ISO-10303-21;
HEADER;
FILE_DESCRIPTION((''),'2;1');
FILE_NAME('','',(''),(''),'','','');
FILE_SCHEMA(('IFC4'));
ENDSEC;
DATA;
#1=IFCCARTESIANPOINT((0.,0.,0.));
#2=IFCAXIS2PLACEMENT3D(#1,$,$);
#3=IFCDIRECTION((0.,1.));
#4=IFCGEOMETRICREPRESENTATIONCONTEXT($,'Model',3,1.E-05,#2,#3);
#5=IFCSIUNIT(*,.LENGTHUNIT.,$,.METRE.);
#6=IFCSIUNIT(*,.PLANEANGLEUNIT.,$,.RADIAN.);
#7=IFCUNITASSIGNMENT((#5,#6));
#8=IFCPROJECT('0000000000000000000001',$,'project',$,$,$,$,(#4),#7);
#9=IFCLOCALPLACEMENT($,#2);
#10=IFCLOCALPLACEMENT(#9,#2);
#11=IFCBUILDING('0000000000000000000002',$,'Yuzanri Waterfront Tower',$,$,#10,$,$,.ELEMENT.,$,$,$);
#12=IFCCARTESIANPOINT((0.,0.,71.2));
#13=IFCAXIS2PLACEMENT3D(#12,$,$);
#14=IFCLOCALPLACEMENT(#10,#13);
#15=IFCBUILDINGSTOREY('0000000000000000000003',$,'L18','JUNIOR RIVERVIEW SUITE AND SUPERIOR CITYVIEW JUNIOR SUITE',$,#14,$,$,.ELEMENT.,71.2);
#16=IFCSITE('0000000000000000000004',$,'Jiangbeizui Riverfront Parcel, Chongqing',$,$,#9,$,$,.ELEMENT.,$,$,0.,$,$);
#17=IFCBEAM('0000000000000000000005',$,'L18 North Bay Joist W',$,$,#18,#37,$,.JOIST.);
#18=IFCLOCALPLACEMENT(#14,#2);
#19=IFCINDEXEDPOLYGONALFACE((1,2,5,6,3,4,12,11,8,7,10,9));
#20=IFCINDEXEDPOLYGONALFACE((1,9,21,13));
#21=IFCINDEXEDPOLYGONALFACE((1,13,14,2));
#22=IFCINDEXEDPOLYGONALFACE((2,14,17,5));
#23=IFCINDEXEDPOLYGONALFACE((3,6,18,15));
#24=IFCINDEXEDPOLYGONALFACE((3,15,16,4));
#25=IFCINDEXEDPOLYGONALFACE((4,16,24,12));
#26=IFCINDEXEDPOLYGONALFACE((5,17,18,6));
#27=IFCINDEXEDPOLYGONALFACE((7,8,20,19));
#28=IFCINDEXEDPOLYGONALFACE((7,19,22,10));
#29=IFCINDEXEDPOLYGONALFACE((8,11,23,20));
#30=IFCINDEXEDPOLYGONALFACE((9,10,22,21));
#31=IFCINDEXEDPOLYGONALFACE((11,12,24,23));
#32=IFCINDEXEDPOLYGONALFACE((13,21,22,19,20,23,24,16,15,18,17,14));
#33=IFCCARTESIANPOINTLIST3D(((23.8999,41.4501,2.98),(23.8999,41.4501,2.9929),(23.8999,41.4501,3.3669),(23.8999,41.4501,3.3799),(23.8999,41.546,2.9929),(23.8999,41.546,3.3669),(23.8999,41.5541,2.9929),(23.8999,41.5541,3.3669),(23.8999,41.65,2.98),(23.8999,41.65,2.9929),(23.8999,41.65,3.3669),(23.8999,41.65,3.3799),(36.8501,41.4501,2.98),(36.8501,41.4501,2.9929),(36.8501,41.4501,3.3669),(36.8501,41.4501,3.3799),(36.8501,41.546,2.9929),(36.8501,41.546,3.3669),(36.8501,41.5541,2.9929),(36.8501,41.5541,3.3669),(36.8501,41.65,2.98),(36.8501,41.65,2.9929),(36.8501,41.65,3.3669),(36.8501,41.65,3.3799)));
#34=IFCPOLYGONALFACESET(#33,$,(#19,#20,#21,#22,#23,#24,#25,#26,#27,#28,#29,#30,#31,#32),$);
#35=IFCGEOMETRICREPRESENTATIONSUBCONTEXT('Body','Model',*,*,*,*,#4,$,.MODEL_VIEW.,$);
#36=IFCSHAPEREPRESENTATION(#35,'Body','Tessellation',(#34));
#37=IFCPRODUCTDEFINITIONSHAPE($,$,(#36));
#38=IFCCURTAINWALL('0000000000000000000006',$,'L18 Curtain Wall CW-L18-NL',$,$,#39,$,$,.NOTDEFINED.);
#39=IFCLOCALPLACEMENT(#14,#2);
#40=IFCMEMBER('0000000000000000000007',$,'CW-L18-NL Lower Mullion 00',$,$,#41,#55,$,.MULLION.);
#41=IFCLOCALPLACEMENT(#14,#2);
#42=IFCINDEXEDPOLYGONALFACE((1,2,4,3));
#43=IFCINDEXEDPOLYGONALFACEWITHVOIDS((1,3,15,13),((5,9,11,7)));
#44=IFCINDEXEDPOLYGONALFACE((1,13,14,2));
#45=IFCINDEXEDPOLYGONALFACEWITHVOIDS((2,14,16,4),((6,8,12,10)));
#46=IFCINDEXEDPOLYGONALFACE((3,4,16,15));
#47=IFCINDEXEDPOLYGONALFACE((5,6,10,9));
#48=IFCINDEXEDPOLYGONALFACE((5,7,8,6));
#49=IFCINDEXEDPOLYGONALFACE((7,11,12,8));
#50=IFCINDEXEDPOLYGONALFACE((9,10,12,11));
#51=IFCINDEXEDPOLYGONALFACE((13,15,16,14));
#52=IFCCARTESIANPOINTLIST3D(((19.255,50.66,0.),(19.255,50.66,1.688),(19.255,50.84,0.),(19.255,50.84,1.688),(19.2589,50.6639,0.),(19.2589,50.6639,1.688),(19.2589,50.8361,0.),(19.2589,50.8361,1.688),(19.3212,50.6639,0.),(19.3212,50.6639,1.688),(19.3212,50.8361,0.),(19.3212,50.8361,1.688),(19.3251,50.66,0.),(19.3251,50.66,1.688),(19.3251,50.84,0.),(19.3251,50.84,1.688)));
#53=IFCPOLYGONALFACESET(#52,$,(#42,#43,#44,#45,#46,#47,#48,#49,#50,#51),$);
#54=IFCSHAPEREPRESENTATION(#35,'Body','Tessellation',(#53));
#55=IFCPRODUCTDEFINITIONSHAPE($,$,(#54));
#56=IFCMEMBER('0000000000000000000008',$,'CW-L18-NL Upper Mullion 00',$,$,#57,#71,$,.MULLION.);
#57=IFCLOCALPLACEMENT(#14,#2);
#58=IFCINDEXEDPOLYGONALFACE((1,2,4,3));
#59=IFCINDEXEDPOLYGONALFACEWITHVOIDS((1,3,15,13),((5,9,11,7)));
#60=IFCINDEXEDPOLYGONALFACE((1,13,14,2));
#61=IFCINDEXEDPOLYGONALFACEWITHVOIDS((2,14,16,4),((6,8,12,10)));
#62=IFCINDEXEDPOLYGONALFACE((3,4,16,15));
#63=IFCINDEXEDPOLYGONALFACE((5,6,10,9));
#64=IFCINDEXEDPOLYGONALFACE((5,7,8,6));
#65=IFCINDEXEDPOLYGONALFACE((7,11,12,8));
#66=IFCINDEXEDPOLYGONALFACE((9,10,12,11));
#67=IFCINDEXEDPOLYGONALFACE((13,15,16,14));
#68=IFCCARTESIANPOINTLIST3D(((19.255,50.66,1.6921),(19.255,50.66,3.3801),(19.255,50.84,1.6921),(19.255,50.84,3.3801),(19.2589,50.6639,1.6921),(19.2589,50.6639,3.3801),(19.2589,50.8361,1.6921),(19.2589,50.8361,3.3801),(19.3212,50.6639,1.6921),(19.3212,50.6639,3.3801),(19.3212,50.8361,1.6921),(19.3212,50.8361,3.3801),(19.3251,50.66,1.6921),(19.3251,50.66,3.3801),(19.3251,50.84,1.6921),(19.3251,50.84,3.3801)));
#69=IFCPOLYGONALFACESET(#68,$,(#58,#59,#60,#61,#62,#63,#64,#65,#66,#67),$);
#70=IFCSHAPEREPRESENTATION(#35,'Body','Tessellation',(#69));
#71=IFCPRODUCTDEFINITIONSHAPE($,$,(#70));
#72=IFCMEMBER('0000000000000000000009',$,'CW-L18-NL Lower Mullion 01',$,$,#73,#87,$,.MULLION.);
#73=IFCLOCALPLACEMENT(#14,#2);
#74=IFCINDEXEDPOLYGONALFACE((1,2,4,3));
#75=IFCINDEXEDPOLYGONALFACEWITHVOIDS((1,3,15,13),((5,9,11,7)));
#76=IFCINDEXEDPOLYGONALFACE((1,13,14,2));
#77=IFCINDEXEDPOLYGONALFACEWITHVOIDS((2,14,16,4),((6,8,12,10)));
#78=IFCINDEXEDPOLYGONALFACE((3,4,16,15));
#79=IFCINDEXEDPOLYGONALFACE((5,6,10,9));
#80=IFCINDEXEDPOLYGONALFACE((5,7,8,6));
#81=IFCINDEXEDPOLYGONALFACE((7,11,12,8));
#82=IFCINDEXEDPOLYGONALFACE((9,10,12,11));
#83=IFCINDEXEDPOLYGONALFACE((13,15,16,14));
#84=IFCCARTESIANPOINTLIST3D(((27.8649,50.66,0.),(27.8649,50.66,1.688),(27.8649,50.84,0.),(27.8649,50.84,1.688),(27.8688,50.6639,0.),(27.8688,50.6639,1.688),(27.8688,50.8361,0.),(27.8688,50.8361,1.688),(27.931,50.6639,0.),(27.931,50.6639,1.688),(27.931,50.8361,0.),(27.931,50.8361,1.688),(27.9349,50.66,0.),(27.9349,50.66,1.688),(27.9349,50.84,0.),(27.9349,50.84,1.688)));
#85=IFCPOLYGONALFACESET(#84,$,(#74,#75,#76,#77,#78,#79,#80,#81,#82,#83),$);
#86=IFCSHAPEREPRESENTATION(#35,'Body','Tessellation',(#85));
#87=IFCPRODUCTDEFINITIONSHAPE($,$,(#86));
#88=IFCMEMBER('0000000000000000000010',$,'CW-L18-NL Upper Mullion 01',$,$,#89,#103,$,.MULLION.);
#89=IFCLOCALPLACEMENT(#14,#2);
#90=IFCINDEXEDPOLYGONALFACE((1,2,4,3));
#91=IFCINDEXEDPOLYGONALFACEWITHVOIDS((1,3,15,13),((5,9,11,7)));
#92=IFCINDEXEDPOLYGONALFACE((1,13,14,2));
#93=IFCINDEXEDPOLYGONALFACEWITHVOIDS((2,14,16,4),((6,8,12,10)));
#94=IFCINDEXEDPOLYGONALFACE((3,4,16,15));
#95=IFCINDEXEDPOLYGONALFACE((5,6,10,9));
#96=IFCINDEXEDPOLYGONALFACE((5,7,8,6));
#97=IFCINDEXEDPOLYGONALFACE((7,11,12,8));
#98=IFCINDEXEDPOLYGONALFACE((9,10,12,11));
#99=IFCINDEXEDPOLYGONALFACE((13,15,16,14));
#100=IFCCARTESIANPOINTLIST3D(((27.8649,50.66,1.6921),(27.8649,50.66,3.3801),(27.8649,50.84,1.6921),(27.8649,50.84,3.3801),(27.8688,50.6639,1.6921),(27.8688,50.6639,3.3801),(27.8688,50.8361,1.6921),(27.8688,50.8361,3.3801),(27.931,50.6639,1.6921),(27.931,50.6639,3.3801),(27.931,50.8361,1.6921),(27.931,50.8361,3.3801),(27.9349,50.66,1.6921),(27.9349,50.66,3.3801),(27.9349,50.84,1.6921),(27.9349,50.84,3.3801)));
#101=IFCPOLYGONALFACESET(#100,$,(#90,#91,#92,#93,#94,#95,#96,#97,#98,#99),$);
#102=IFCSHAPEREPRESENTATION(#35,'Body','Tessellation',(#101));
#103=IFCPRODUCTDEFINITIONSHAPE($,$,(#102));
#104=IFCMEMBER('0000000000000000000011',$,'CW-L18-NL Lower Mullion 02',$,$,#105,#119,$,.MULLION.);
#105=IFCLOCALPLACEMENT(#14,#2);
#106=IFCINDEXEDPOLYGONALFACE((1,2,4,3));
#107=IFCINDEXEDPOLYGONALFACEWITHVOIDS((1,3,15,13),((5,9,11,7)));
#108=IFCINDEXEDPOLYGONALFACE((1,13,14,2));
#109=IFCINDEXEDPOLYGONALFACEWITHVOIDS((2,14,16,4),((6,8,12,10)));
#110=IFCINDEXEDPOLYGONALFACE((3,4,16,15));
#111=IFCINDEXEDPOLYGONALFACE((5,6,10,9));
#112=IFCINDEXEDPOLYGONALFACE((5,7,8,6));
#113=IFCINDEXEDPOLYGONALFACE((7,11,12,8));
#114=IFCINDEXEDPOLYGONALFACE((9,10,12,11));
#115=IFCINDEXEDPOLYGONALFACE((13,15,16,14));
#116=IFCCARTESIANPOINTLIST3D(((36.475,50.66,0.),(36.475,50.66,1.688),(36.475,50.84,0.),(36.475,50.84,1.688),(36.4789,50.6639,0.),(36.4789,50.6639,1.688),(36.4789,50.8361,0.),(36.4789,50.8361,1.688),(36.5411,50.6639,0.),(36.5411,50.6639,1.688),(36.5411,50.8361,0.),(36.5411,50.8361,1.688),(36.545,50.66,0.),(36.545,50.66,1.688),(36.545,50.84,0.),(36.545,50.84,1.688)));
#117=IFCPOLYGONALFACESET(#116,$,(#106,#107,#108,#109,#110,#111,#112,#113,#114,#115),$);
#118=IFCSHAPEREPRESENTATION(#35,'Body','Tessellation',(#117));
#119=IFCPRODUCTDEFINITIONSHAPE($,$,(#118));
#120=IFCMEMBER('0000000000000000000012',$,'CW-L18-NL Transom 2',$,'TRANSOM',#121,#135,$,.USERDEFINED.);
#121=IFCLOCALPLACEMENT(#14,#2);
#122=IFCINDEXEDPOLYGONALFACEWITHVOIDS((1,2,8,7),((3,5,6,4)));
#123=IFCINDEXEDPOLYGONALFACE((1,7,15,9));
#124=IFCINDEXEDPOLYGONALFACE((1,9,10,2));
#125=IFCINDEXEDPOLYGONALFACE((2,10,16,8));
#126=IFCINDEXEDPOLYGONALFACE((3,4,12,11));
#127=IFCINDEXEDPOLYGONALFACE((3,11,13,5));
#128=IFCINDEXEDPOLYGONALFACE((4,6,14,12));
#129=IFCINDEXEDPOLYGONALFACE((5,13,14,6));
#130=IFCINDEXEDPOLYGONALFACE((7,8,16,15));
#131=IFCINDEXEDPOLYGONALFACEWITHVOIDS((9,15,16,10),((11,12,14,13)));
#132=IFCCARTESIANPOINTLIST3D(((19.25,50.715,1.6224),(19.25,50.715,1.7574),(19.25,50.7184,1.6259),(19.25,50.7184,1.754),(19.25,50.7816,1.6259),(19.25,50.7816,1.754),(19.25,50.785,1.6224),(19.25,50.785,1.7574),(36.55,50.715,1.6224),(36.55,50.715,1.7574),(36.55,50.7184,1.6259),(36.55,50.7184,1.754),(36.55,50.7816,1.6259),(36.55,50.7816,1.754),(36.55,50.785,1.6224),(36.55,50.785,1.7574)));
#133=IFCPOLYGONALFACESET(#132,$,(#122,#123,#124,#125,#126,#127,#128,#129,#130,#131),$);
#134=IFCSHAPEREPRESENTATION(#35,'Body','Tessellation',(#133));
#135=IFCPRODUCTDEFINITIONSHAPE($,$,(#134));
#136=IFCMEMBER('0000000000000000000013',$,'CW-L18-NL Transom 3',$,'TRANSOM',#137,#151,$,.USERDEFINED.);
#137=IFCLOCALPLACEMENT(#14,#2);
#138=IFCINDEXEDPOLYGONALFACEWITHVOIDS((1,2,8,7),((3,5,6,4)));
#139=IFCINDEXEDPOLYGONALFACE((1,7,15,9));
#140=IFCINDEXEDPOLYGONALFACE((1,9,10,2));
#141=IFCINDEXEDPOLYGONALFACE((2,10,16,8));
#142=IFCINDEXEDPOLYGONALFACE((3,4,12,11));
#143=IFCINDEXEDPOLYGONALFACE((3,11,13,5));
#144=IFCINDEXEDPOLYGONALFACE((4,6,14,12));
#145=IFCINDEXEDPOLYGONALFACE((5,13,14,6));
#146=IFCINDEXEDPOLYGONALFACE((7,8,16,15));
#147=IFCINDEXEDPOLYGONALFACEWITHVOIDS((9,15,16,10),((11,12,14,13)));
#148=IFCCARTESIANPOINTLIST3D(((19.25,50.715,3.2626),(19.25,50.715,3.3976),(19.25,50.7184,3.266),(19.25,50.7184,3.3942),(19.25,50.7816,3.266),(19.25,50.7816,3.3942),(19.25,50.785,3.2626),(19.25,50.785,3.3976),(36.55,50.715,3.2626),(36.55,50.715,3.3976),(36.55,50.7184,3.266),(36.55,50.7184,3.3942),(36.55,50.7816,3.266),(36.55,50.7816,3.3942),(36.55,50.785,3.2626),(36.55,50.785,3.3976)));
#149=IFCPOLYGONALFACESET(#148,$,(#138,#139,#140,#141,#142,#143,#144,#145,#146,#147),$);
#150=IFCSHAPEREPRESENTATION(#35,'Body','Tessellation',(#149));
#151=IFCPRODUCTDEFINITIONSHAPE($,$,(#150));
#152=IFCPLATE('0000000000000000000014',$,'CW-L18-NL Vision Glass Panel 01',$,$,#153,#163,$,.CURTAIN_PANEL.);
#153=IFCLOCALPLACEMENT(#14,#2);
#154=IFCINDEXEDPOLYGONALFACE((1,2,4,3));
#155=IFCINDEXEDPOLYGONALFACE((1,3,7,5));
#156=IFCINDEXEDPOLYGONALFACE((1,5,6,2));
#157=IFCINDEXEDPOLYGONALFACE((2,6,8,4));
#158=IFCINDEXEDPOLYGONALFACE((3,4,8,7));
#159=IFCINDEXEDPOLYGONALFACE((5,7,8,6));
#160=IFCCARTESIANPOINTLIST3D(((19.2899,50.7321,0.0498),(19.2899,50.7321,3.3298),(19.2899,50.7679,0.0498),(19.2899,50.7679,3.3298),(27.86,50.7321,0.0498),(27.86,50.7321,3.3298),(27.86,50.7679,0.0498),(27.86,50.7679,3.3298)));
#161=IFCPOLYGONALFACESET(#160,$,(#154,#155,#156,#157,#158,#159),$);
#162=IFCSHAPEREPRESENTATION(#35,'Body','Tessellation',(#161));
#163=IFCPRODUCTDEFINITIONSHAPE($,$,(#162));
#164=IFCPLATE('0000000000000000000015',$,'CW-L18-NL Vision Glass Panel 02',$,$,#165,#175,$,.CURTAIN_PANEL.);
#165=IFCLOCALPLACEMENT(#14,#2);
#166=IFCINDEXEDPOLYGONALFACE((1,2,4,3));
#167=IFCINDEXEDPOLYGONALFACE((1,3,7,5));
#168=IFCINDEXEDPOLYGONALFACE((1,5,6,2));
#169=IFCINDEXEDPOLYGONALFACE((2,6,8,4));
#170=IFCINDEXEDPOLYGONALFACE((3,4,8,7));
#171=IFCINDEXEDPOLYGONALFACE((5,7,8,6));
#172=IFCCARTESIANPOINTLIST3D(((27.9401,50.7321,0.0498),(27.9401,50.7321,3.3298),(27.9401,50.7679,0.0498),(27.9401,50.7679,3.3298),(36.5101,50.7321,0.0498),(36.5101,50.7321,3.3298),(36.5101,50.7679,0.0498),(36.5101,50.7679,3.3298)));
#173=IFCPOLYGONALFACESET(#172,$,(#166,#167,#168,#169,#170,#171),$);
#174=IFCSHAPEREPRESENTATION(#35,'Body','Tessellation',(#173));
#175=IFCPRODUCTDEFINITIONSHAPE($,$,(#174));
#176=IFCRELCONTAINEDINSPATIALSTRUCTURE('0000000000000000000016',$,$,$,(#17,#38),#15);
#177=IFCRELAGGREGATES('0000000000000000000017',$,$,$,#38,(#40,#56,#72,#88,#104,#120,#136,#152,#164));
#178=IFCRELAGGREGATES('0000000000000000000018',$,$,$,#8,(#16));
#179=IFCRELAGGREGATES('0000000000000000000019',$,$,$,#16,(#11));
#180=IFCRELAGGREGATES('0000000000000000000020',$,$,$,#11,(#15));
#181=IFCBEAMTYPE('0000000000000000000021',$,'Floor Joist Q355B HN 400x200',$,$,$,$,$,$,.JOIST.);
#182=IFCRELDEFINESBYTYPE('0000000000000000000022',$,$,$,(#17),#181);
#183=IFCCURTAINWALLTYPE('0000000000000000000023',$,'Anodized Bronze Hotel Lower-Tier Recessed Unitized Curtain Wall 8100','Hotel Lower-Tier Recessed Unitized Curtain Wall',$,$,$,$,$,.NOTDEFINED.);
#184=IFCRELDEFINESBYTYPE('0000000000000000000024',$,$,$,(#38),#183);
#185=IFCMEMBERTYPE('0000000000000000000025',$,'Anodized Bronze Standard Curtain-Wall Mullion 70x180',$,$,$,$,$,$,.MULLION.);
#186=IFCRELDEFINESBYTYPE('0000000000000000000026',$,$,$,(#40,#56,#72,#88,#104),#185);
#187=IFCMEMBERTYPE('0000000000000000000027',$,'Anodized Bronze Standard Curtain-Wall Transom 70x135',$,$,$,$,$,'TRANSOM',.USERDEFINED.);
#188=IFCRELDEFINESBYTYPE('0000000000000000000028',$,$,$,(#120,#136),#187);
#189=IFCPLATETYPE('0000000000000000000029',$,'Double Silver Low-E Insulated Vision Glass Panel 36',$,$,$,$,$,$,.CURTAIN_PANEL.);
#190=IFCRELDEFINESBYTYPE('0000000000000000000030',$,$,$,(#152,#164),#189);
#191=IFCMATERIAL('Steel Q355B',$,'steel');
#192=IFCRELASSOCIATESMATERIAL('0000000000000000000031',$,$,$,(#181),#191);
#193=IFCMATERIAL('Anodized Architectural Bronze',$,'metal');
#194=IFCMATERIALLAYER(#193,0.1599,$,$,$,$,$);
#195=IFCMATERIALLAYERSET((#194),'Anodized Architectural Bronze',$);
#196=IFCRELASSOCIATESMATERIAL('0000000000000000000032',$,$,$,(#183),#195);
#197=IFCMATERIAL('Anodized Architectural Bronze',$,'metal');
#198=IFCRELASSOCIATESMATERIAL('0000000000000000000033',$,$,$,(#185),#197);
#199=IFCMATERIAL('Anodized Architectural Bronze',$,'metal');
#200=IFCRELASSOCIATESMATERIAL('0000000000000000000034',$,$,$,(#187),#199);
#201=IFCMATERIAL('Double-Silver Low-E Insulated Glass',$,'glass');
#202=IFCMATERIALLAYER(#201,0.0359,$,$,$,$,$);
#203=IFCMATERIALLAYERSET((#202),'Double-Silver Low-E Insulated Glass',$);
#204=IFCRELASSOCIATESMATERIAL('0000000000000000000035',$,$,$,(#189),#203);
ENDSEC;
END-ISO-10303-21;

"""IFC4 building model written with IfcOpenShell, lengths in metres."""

from ifc_helpers import new_model, si_unit, direction, frame, origin, origin_2d, place, context, subcontext, project, spatial, rectangle, hollow_rectangle, i_section, extrude, source, transform, mapped, material, layer, layer_set, material_profile, profile_set, type_object, element, aggregate, save


model = new_model("IFC4")

# Units and contexts
model_context = context("Model", 3, precision=1e-05, world=origin(), true_north=direction((0.0, 1.0)))
body_context = subcontext(model_context, "Body", "Model", "MODEL_VIEW")
ifc_project = project(units=[si_unit("LENGTHUNIT", "METRE"), si_unit("PLANEANGLEUNIT", "RADIAN")], contexts=[model_context])

# Site, building, storey
site_placement = place(None, origin())
site = spatial("IfcSite", under=ifc_project, at=site_placement, Name="Jiangbeizui Riverfront Parcel, Chongqing", CompositionType="ELEMENT", RefElevation=0.0)
building_placement = place(site_placement, origin())
building = spatial("IfcBuilding", under=site, at=building_placement, Name="Yuzanri Waterfront Tower", CompositionType="ELEMENT")
storey_placement = place(building_placement, frame((0.0, 0.0, 71.2)))
storey = spatial("IfcBuildingStorey", under=building, at=storey_placement, Name="L18", Description="JUNIOR RIVERVIEW SUITE AND SUPERIOR CITYVIEW JUNIOR SUITE", CompositionType="ELEMENT", Elevation=71.2)

# Beam
ifc_material_1 = material(Name="Steel Q355B", Category="steel")
ifc_material_profile_1 = material_profile(ifc_material_1, i_section(OverallWidth=0.2, OverallDepth=0.3999, WebThickness=0.0081, FlangeThickness=0.0129, at=origin_2d()), Name="HN 400x200x8x13")
ifc_profile_set_1 = profile_set([ifc_material_profile_1], Name="Steel Q355B")
beam_type = type_object("IfcBeamType", Name="Floor Joist Q355B HN 400x200", PredefinedType="JOIST", material=ifc_profile_set_1)
shared_shape_1 = source(origin(), body_context, "Body", "SweptSolid", [
    extrude(i_section(OverallWidth=0.2, OverallDepth=0.3999, WebThickness=0.0081, FlangeThickness=0.0129, at=origin_2d()), origin(), (0.0, 0.0, 1.0), 12.9502),
])
beam_placement = place(storey_placement, frame((23.8999, 41.55, 3.1799), z_axis=(1.0, 0.0, 0.0), x_axis=(0.0, 1.0, 0.0)))
element("IfcBeam", 1, at=beam_placement, inside=storey, type_object=beam_type, Name="L18 North Bay Joist W", PredefinedType="JOIST", context=body_context, shape_type="MappedRepresentation", body=[
    mapped(shared_shape_1, transform((0.0, 0.0, 0.0), scale=1.0)),
])

# Curtain wall, members, plates
ifc_material_2 = material(Name="Anodized Architectural Bronze", Category="metal")
ifc_layer_1 = layer(ifc_material_2, 0.1599)
ifc_layer_set_1 = layer_set([ifc_layer_1], Name="Anodized Architectural Bronze")
curtain_wall_type = type_object("IfcCurtainWallType", Name="Anodized Bronze Hotel Lower-Tier Recessed Unitized Curtain Wall 8100", Description="Hotel Lower-Tier Recessed Unitized Curtain Wall", PredefinedType="NOTDEFINED", material=ifc_layer_set_1)
curtain_wall_placement = place(storey_placement, origin())
curtain_wall = element("IfcCurtainWall", 2, at=curtain_wall_placement, inside=storey, type_object=curtain_wall_type, Name="L18 Curtain Wall CW-L18-NL", PredefinedType="NOTDEFINED")
ifc_material_3 = material(Name="Anodized Architectural Bronze", Category="metal")
ifc_material_profile_2 = material_profile(ifc_material_3, hollow_rectangle(XDim=0.0701, YDim=0.1799, WallThickness=0.0039, at=origin_2d()), Name="CWM 70x180")
ifc_profile_set_2 = profile_set([ifc_material_profile_2], Name="Anodized Architectural Bronze")
member_type_1 = type_object("IfcMemberType", Name="Anodized Bronze Standard Curtain-Wall Mullion 70x180", PredefinedType="MULLION", material=ifc_profile_set_2)
shared_shape_2 = source(origin(), body_context, "Body", "SweptSolid", [
    extrude(hollow_rectangle(XDim=0.0701, YDim=0.1799, WallThickness=0.0039, at=origin_2d()), origin(), (0.0, 0.0, 1.0), 1.688),
])
member_1_placement = place(storey_placement, frame((19.29, 50.75, 0.0), z_axis=(0.0, 0.0, 1.0), x_axis=(1.0, 0.0, 0.0)))
member_1 = element("IfcMember", 3, at=member_1_placement, type_object=member_type_1, Name="CW-L18-NL Lower Mullion 00", PredefinedType="MULLION", context=body_context, shape_type="MappedRepresentation", body=[
    mapped(shared_shape_2, transform((0.0, 0.0, 0.0), scale=1.0)),
])
member_2_placement = place(storey_placement, frame((19.29, 50.75, 1.6921), z_axis=(0.0, 0.0, 1.0), x_axis=(1.0, 0.0, 0.0)))
member_2 = element("IfcMember", 4, at=member_2_placement, type_object=member_type_1, Name="CW-L18-NL Upper Mullion 00", PredefinedType="MULLION", context=body_context, shape_type="MappedRepresentation", body=[
    mapped(shared_shape_2, transform((0.0, 0.0, 0.0), scale=1.0)),
])
member_3_placement = place(storey_placement, frame((27.8999, 50.75, 0.0), z_axis=(0.0, 0.0, 1.0), x_axis=(1.0, 0.0, 0.0)))
member_3 = element("IfcMember", 5, at=member_3_placement, type_object=member_type_1, Name="CW-L18-NL Lower Mullion 01", PredefinedType="MULLION", context=body_context, shape_type="MappedRepresentation", body=[
    mapped(shared_shape_2, transform((0.0, 0.0, 0.0), scale=1.0)),
])
member_4_placement = place(storey_placement, frame((27.8999, 50.75, 1.6921), z_axis=(0.0, 0.0, 1.0), x_axis=(1.0, 0.0, 0.0)))
member_4 = element("IfcMember", 6, at=member_4_placement, type_object=member_type_1, Name="CW-L18-NL Upper Mullion 01", PredefinedType="MULLION", context=body_context, shape_type="MappedRepresentation", body=[
    mapped(shared_shape_2, transform((0.0, 0.0, 0.0), scale=1.0)),
])
member_5_placement = place(storey_placement, frame((36.51, 50.75, 0.0), z_axis=(0.0, 0.0, 1.0), x_axis=(1.0, 0.0, 0.0)))
member_5 = element("IfcMember", 7, at=member_5_placement, type_object=member_type_1, Name="CW-L18-NL Lower Mullion 02", PredefinedType="MULLION", context=body_context, shape_type="MappedRepresentation", body=[
    mapped(shared_shape_2, transform((0.0, 0.0, 0.0), scale=1.0)),
])
ifc_material_4 = material(Name="Anodized Architectural Bronze", Category="metal")
ifc_material_profile_3 = material_profile(ifc_material_4, hollow_rectangle(XDim=0.0701, YDim=0.135, WallThickness=0.0034, at=origin_2d()), Name="CWT 70x135")
ifc_profile_set_3 = profile_set([ifc_material_profile_3], Name="Anodized Architectural Bronze")
member_type_2 = type_object("IfcMemberType", Name="Anodized Bronze Standard Curtain-Wall Transom 70x135", ElementType="TRANSOM", PredefinedType="USERDEFINED", material=ifc_profile_set_3)
shared_shape_3 = source(origin(), body_context, "Body", "SweptSolid", [
    extrude(hollow_rectangle(XDim=0.0701, YDim=0.135, WallThickness=0.0034, at=origin_2d()), origin(), (0.0, 0.0, 1.0), 17.3),
])
member_6_placement = place(storey_placement, frame((19.25, 50.75, 1.6899), z_axis=(1.0, 0.0, 0.0), x_axis=(0.0, 1.0, 0.0)))
member_6 = element("IfcMember", 8, at=member_6_placement, type_object=member_type_2, Name="CW-L18-NL Transom 2", ObjectType="TRANSOM", PredefinedType="USERDEFINED", context=body_context, shape_type="MappedRepresentation", body=[
    mapped(shared_shape_3, transform((0.0, 0.0, 0.0), scale=1.0)),
])
member_7_placement = place(storey_placement, frame((19.25, 50.75, 3.3301), z_axis=(1.0, 0.0, 0.0), x_axis=(0.0, 1.0, 0.0)))
member_7 = element("IfcMember", 9, at=member_7_placement, type_object=member_type_2, Name="CW-L18-NL Transom 3", ObjectType="TRANSOM", PredefinedType="USERDEFINED", context=body_context, shape_type="MappedRepresentation", body=[
    mapped(shared_shape_3, transform((0.0, 0.0, 0.0), scale=1.0)),
])
ifc_material_5 = material(Name="Double-Silver Low-E Insulated Glass", Category="glass")
ifc_layer_2 = layer(ifc_material_5, 0.0359)
ifc_layer_set_2 = layer_set([ifc_layer_2], Name="Double-Silver Low-E Insulated Glass")
plate_type = type_object("IfcPlateType", Name="Double Silver Low-E Insulated Vision Glass Panel 36", PredefinedType="CURTAIN_PANEL", material=ifc_layer_set_2)
shared_shape_4 = source(origin(), body_context, "Body", "SweptSolid", [
    extrude(rectangle(XDim=8.5701, YDim=0.0359, at=origin_2d()), origin(), (0.0, 0.0, 1.0), 3.28),
])
plate_1_placement = place(storey_placement, frame((23.575, 50.75, 0.0498), z_axis=(0.0, 0.0, 1.0), x_axis=(1.0, 0.0, 0.0)))
plate_1 = element("IfcPlate", 10, at=plate_1_placement, type_object=plate_type, Name="CW-L18-NL Vision Glass Panel 01", PredefinedType="CURTAIN_PANEL", context=body_context, shape_type="MappedRepresentation", body=[
    mapped(shared_shape_4, transform((0.0, 0.0, 0.0), scale=1.0)),
])
plate_2_placement = place(storey_placement, frame((32.2251, 50.75, 0.0498), z_axis=(0.0, 0.0, 1.0), x_axis=(1.0, 0.0, 0.0)))
plate_2 = element("IfcPlate", 11, at=plate_2_placement, type_object=plate_type, Name="CW-L18-NL Vision Glass Panel 02", PredefinedType="CURTAIN_PANEL", context=body_context, shape_type="MappedRepresentation", body=[
    mapped(shared_shape_4, transform((0.0, 0.0, 0.0), scale=1.0)),
])
aggregate(curtain_wall, [member_1, member_2, member_3, member_4, member_5, member_6, member_7, plate_1, plate_2])

save(model, "model.ifc")
